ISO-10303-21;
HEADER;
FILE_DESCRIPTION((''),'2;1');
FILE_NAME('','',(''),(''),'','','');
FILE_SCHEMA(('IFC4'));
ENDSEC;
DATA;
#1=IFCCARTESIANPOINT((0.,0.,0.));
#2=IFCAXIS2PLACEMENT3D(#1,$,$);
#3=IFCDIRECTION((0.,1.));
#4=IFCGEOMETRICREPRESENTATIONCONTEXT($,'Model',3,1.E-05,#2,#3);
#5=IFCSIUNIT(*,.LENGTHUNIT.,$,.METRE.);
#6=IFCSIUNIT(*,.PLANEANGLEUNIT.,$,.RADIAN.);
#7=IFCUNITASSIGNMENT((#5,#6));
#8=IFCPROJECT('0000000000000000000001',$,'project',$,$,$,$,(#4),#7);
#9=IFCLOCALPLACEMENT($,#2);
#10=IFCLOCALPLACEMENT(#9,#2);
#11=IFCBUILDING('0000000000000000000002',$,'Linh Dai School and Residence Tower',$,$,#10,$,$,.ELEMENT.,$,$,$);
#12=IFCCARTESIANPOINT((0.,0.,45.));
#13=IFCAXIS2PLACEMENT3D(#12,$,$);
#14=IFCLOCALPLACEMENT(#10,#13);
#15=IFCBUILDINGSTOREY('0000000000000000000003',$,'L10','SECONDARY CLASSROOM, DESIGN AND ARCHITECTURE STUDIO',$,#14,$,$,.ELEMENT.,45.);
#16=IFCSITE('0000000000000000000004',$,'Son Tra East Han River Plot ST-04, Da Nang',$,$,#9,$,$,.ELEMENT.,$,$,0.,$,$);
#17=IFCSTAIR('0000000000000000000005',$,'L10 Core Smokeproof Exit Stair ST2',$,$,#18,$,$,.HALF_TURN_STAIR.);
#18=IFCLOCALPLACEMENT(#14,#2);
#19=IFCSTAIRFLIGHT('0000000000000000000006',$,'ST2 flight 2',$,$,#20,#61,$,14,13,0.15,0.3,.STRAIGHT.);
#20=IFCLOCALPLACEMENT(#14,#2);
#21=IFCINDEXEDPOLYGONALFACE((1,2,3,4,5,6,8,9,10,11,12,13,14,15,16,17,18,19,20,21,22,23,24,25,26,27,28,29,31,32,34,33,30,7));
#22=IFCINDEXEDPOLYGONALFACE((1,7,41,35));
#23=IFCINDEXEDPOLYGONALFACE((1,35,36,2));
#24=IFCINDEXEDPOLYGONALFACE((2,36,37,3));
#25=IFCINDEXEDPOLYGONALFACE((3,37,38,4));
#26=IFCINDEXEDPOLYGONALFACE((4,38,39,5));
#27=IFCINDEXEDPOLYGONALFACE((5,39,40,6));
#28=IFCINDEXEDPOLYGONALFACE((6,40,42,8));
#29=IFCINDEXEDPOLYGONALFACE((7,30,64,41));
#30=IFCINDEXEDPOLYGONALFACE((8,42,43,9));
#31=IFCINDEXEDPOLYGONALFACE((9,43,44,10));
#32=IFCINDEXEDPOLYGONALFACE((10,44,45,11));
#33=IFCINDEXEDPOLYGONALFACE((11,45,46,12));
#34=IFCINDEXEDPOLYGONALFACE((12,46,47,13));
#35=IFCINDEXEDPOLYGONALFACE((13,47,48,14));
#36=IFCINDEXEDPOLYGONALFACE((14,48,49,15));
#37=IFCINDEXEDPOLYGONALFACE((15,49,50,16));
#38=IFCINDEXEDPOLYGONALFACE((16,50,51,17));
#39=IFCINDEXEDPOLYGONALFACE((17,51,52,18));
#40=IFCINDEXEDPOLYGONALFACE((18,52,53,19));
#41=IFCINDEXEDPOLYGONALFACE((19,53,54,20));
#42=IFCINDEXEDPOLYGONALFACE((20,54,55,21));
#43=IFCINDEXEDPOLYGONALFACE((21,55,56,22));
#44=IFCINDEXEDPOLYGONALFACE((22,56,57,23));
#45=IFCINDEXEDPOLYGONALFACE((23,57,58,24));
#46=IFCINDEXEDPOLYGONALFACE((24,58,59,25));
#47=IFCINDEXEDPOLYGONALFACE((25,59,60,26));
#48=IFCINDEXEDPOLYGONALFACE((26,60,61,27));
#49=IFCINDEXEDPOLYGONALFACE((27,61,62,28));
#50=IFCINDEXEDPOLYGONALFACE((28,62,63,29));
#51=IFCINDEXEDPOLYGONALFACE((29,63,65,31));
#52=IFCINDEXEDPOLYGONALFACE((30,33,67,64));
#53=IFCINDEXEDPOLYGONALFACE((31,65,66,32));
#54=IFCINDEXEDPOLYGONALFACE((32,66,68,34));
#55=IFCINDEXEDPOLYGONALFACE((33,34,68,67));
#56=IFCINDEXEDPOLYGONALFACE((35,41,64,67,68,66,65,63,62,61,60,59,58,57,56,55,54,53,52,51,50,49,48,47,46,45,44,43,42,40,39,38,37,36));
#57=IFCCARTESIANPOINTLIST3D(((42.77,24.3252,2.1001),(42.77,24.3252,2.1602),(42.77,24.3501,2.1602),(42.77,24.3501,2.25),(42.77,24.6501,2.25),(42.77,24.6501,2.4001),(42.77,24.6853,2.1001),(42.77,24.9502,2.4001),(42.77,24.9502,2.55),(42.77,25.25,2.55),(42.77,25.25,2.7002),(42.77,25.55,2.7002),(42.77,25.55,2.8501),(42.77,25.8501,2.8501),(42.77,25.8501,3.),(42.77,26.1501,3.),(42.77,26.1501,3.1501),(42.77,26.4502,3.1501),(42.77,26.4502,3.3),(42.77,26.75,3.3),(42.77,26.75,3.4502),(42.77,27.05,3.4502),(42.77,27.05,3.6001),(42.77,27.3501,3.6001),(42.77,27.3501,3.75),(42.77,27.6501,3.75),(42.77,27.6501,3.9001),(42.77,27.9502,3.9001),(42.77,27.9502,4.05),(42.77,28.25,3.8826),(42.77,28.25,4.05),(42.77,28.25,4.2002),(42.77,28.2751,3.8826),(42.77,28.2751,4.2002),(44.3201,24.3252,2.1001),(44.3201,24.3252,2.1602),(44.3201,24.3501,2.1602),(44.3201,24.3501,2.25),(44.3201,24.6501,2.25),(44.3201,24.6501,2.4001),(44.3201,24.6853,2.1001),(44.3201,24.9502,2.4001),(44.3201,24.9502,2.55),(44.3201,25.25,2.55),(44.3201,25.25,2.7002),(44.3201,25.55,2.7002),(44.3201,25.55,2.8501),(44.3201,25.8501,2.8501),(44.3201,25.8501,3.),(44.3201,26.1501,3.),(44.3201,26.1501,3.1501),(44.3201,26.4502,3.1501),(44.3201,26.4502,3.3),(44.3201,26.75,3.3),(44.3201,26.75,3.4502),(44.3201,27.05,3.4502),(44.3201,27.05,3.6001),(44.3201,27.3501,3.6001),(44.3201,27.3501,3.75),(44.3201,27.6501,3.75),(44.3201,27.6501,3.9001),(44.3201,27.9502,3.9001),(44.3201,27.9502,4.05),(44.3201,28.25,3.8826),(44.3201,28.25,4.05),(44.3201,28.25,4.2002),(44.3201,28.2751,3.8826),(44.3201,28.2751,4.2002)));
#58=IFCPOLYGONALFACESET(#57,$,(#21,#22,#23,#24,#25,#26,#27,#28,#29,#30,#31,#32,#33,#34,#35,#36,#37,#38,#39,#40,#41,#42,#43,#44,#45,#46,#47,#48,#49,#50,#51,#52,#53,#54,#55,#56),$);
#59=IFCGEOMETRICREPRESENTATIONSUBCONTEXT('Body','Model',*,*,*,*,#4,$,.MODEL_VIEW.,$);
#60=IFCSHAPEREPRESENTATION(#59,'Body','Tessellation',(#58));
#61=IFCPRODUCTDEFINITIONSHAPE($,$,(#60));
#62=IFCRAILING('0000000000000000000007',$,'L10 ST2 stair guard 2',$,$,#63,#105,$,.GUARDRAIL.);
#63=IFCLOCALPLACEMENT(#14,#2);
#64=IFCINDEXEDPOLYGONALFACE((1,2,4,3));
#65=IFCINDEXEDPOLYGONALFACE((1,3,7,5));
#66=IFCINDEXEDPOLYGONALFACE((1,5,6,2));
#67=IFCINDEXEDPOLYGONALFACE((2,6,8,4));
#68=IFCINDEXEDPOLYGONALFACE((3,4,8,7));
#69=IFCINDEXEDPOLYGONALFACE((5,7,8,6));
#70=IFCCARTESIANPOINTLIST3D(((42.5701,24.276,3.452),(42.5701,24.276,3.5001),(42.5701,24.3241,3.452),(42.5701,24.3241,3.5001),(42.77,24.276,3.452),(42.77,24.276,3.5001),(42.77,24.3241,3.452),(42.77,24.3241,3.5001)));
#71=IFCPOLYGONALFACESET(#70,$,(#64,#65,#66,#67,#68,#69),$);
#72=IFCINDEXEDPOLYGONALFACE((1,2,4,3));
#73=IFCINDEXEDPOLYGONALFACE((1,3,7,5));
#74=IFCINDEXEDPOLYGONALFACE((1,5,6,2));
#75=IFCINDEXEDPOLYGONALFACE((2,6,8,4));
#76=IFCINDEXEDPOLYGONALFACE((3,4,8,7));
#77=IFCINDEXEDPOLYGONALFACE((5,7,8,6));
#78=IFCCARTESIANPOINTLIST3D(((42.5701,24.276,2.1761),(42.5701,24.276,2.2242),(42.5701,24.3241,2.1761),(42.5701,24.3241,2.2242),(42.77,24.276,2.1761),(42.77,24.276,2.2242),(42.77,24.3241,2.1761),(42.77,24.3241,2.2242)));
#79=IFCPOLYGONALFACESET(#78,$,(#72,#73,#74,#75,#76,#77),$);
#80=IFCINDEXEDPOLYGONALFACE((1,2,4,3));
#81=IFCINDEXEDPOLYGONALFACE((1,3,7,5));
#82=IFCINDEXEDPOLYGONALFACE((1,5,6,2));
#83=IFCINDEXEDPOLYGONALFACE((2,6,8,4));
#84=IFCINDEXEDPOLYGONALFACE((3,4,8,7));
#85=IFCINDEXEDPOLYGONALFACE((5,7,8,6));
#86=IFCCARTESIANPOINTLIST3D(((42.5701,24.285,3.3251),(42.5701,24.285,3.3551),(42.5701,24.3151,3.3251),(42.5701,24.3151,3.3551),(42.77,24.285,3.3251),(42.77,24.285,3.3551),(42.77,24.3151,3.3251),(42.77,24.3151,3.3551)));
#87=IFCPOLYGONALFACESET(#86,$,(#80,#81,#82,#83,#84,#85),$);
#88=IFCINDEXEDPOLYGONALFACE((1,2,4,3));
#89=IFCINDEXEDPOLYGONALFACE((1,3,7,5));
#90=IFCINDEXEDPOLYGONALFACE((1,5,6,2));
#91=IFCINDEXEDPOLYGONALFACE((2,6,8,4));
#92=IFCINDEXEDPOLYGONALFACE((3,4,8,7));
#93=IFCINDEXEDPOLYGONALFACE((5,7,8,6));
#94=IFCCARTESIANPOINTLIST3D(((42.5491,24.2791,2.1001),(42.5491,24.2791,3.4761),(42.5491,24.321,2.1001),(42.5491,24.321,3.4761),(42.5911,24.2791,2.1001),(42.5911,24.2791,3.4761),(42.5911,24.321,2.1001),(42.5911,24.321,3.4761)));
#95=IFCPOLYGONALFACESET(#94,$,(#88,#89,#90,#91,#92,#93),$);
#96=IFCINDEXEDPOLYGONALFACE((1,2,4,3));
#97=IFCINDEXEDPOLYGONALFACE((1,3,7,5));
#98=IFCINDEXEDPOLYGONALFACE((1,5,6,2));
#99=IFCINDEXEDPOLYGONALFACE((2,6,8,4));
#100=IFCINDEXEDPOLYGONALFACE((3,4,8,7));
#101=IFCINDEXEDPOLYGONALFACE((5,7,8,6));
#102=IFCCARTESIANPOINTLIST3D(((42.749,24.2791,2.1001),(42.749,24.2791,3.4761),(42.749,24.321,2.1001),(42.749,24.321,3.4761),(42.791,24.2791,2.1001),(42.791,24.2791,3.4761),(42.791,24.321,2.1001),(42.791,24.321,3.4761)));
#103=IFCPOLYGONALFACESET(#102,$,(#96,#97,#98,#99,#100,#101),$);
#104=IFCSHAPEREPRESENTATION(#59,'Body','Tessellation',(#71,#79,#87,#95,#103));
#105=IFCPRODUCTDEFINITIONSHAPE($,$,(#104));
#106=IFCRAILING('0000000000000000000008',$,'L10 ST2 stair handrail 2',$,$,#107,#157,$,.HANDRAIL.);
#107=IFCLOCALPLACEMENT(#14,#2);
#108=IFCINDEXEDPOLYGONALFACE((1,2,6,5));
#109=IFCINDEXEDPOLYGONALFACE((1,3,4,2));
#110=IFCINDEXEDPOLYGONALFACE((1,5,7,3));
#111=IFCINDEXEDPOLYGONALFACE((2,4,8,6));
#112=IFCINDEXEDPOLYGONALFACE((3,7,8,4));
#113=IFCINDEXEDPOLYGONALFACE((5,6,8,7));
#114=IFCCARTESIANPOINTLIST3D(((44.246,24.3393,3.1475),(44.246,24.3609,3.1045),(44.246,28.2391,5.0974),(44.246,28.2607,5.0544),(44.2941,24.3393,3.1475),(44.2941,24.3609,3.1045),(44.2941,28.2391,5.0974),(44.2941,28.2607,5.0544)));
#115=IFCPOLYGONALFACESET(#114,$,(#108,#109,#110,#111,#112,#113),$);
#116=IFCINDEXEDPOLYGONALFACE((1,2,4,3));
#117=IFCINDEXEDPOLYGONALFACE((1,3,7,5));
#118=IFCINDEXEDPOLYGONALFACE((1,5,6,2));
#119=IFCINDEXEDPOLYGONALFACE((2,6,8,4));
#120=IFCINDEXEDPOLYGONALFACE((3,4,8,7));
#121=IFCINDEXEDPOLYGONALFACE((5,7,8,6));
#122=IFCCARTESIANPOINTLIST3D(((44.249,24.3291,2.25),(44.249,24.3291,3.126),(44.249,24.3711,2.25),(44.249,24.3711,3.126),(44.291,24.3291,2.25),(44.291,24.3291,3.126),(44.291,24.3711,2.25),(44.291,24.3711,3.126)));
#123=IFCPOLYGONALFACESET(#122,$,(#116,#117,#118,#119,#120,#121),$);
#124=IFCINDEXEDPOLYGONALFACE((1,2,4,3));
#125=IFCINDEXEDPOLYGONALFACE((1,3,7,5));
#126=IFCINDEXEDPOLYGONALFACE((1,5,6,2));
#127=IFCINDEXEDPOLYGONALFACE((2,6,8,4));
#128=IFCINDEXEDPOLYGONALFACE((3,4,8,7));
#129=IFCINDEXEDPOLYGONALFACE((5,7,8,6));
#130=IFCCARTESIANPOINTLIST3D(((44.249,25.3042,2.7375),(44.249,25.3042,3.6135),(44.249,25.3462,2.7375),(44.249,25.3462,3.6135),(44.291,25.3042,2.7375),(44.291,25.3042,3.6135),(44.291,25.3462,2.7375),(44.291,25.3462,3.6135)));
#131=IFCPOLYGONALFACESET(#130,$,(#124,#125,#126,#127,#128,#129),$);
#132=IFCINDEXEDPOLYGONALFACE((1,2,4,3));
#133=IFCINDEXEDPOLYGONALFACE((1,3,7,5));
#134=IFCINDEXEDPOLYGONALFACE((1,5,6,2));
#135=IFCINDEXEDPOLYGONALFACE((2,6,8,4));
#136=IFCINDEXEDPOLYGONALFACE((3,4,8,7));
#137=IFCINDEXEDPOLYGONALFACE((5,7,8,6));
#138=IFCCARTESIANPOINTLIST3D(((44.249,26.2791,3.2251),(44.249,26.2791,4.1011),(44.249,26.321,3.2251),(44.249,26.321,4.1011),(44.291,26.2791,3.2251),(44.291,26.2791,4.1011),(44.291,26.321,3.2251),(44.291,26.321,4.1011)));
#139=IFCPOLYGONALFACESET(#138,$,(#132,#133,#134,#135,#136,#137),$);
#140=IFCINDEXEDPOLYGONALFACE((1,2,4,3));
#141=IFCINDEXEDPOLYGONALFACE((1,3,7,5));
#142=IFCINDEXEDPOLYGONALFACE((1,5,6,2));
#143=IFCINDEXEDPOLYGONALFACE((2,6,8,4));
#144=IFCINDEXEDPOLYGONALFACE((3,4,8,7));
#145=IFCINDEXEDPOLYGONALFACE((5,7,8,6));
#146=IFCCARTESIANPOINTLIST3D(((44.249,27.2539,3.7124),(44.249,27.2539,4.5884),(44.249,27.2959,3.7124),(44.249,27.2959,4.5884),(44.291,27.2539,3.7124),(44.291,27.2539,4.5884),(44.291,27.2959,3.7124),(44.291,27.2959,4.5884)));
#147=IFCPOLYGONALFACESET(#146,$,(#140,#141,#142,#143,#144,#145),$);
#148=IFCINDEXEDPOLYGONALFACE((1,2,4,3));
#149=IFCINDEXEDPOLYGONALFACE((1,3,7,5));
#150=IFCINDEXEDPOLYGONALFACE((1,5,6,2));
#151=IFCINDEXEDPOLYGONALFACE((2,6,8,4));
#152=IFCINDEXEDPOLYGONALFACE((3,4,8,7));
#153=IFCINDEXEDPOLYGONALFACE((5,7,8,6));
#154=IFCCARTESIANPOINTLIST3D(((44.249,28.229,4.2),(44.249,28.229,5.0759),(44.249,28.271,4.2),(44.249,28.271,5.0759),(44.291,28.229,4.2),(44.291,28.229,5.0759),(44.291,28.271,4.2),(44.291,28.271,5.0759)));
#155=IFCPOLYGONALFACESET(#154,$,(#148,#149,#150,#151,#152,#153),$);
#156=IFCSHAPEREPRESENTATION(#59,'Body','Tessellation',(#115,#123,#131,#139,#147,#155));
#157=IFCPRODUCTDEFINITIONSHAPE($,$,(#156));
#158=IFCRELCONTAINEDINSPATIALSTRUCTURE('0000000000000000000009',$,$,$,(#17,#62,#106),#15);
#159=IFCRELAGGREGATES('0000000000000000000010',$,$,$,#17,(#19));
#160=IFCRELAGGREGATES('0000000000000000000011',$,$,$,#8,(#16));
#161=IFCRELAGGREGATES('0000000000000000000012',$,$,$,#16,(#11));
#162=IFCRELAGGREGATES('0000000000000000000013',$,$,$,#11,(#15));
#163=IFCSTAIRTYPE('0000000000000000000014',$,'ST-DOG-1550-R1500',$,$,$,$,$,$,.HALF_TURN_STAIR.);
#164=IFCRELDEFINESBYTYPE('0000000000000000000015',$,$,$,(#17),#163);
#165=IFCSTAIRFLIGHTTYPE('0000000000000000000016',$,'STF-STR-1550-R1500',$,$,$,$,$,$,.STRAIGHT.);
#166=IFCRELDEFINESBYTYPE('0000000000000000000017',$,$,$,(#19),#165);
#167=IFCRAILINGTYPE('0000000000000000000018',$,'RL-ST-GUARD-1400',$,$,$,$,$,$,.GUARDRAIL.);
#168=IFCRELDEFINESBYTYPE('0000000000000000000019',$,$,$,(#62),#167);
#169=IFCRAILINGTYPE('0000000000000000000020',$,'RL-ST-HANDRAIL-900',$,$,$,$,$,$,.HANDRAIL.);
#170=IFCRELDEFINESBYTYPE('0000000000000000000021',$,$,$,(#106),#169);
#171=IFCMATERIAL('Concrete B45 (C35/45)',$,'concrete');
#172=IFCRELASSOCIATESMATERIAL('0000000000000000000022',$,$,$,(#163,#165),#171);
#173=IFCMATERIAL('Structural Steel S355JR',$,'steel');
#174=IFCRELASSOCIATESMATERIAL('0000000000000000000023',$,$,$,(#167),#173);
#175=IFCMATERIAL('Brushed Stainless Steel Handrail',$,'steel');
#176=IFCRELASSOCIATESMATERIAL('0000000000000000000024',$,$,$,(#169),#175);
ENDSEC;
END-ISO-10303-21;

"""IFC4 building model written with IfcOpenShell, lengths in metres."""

from ifc_helpers import new_model, si_unit, direction, frame, origin, origin_2d, place, context, subcontext, project, spatial, polyline, rectangle, outline, extrude, source, transform, mapped, material, type_object, element, aggregate, save


model = new_model("IFC4")

# Units and contexts
model_context = context("Model", 3, precision=1e-05, world=origin(), true_north=direction((0.0, 1.0)))
body_context = subcontext(model_context, "Body", "Model", "MODEL_VIEW")
ifc_project = project(units=[si_unit("LENGTHUNIT", "METRE"), si_unit("PLANEANGLEUNIT", "RADIAN")], contexts=[model_context])

# Site, building, storey
site_placement = place(None, origin())
site = spatial("IfcSite", under=ifc_project, at=site_placement, Name="Son Tra East Han River Plot ST-04, Da Nang", CompositionType="ELEMENT", RefElevation=0.0)
building_placement = place(site_placement, origin())
building = spatial("IfcBuilding", under=site, at=building_placement, Name="Linh Dai School and Residence Tower", CompositionType="ELEMENT")
storey_placement = place(building_placement, frame((0.0, 0.0, 45.0)))
storey = spatial("IfcBuildingStorey", under=building, at=storey_placement, Name="L10", Description="SECONDARY CLASSROOM, DESIGN AND ARCHITECTURE STUDIO", CompositionType="ELEMENT", Elevation=45.0)

# Shared definitions
ifc_material_1 = material(Name="Structural Steel S355JR", Category="steel")

# Shared definitions
ifc_material_2 = material(Name="Concrete B45 (C35/45)", Category="concrete")

# Stair, stair flight
stair_type = type_object("IfcStairType", Name="ST-DOG-1550-R1500", PredefinedType="HALF_TURN_STAIR", material=ifc_material_2)
stair_placement = place(storey_placement, origin())
stair = element("IfcStair", 1, at=stair_placement, inside=storey, type_object=stair_type, Name="L10 Core Smokeproof Exit Stair ST2", PredefinedType="HALF_TURN_STAIR")
stair_flight_type = type_object("IfcStairFlightType", Name="STF-STR-1550-R1500", PredefinedType="STRAIGHT", material=ifc_material_2)
shared_shape_1 = source(origin(), body_context, "Body", "SweptSolid", [
    extrude(outline(polyline([(-0.0249, 0.0), (-0.0249, 0.0601), (0.0, 0.0601), (0.0, 0.1499), (0.3, 0.1499), (0.3, 0.3), (0.6001, 0.3), (0.6001, 0.45), (0.8999, 0.45), (0.8999, 0.6001), (1.2, 0.6001), (1.2, 0.75), (1.5, 0.75), (1.5, 0.8999), (1.8, 0.8999), (1.8, 1.05), (2.1001, 1.05), (2.1001, 1.2), (2.3999, 1.2), (2.3999, 1.3501), (2.7, 1.3501), (2.7, 1.5), (3.0, 1.5), (3.0, 1.6499), (3.3, 1.6499), (3.3, 1.8), (3.6001, 1.8), (3.6001, 1.95), (3.8999, 1.95), (3.8999, 2.1001), (3.925, 2.1001), (3.925, 1.7825), (3.8999, 1.7825), (0.3352, 0.0), (-0.0249, 0.0)])), frame((0.0, 0.7749, 0.0), z_axis=(0.0, -1.0, 0.0), x_axis=(1.0, 0.0, 0.0)), (0.0, 0.0, 1.0), 1.55),
])
stair_flight_placement = place(storey_placement, frame((43.5449, 24.3501, 2.1001), z_axis=(0.0, 0.0, 1.0), x_axis=(0.0, 1.0, 0.0)))
stair_flight = element("IfcStairFlight", 2, at=stair_flight_placement, type_object=stair_flight_type, Name="ST2 flight 2", NumberOfRisers=14, NumberOfTreads=13, PredefinedType="STRAIGHT", RiserHeight=0.15, TreadLength=0.3, context=body_context, shape_type="MappedRepresentation", body=[
    mapped(shared_shape_1, transform((0.0, 0.0, 0.0), x_axis=(1.0, 0.0, 0.0), y_axis=(0.0, 1.0, 0.0), z_axis=(0.0, 0.0, 1.0), scale=1.0)),
])
aggregate(stair, [stair_flight])

# Railings
railing_type_1 = type_object("IfcRailingType", Name="RL-ST-GUARD-1400", PredefinedType="GUARDRAIL", material=ifc_material_1)
shared_shape_2 = source(origin(), body_context, "Body", "SweptSolid", [
    extrude(rectangle(XDim=0.0481, YDim=0.0481, at=origin_2d()), frame((0.0, 0.0, 1.376), z_axis=(1.0, 0.0, 0.0), x_axis=(0.0, 1.0, 0.0)), (0.0, 0.0, 1.0), 0.2),
    extrude(rectangle(XDim=0.0481, YDim=0.0481, at=origin_2d()), frame((0.0, 0.0, 0.1001), z_axis=(1.0, 0.0, 0.0), x_axis=(0.0, 1.0, 0.0)), (0.0, 0.0, 1.0), 0.2),
    extrude(rectangle(XDim=0.03, YDim=0.03, at=origin_2d()), frame((0.0, 0.0, 1.24), z_axis=(1.0, 0.0, 0.0), x_axis=(0.0, 1.0, 0.0)), (0.0, 0.0, 1.0), 0.2),
    extrude(rectangle(XDim=0.042, YDim=0.042, at=origin_2d()), origin(), (0.0, 0.0, 1.0), 1.376),
    extrude(rectangle(XDim=0.042, YDim=0.042, at=origin_2d()), frame((0.2, 0.0, 0.0)), (0.0, 0.0, 1.0), 1.376),
])
railing_1_placement = place(storey_placement, frame((42.5701, 24.3, 2.1001)))
element("IfcRailing", 3, at=railing_1_placement, inside=storey, type_object=railing_type_1, Name="L10 ST2 stair guard 2", PredefinedType="GUARDRAIL", context=body_context, shape_type="MappedRepresentation", body=[
    mapped(shared_shape_2, transform((0.0, 0.0, 0.0), x_axis=(1.0, 0.0, 0.0), y_axis=(0.0, 1.0, 0.0), z_axis=(0.0, 0.0, 1.0), scale=1.0)),
])
ifc_material_3 = material(Name="Brushed Stainless Steel Handrail", Category="steel")
railing_type_2 = type_object("IfcRailingType", Name="RL-ST-HANDRAIL-900", PredefinedType="HANDRAIL", material=ifc_material_3)
shared_shape_3 = source(origin(), body_context, "Body", "SweptSolid", [
    extrude(rectangle(XDim=0.0481, YDim=0.0481, at=origin_2d()), frame((0.0, 0.0, 0.876), z_axis=(0.0, 0.894427, 0.447214), x_axis=(-1.0, 0.0, 0.0)), (0.0, 0.0, 1.0), 4.3601),
    extrude(rectangle(XDim=0.042, YDim=0.042, at=origin_2d()), origin(), (0.0, 0.0, 1.0), 0.876),
    extrude(rectangle(XDim=0.042, YDim=0.042, at=origin_2d()), frame((0.0, 0.9751, 0.4875)), (0.0, 0.0, 1.0), 0.876),
    extrude(rectangle(XDim=0.042, YDim=0.042, at=origin_2d()), frame((0.0, 1.95, 0.9751)), (0.0, 0.0, 1.0), 0.876),
    extrude(rectangle(XDim=0.042, YDim=0.042, at=origin_2d()), frame((0.0, 2.9248, 1.4624)), (0.0, 0.0, 1.0), 0.876),
    extrude(rectangle(XDim=0.042, YDim=0.042, at=origin_2d()), frame((0.0, 3.8999, 1.95)), (0.0, 0.0, 1.0), 0.876),
])
railing_2_placement = place(storey_placement, frame((44.27, 24.3501, 2.25)))
element("IfcRailing", 4, at=railing_2_placement, inside=storey, type_object=railing_type_2, Name="L10 ST2 stair handrail 2", PredefinedType="HANDRAIL", context=body_context, shape_type="MappedRepresentation", body=[
    mapped(shared_shape_3, transform((0.0, 0.0, 0.0), x_axis=(1.0, 0.0, 0.0), y_axis=(0.0, 1.0, 0.0), z_axis=(0.0, 0.0, 1.0), scale=1.0)),
])

save(model, "model.ifc")
